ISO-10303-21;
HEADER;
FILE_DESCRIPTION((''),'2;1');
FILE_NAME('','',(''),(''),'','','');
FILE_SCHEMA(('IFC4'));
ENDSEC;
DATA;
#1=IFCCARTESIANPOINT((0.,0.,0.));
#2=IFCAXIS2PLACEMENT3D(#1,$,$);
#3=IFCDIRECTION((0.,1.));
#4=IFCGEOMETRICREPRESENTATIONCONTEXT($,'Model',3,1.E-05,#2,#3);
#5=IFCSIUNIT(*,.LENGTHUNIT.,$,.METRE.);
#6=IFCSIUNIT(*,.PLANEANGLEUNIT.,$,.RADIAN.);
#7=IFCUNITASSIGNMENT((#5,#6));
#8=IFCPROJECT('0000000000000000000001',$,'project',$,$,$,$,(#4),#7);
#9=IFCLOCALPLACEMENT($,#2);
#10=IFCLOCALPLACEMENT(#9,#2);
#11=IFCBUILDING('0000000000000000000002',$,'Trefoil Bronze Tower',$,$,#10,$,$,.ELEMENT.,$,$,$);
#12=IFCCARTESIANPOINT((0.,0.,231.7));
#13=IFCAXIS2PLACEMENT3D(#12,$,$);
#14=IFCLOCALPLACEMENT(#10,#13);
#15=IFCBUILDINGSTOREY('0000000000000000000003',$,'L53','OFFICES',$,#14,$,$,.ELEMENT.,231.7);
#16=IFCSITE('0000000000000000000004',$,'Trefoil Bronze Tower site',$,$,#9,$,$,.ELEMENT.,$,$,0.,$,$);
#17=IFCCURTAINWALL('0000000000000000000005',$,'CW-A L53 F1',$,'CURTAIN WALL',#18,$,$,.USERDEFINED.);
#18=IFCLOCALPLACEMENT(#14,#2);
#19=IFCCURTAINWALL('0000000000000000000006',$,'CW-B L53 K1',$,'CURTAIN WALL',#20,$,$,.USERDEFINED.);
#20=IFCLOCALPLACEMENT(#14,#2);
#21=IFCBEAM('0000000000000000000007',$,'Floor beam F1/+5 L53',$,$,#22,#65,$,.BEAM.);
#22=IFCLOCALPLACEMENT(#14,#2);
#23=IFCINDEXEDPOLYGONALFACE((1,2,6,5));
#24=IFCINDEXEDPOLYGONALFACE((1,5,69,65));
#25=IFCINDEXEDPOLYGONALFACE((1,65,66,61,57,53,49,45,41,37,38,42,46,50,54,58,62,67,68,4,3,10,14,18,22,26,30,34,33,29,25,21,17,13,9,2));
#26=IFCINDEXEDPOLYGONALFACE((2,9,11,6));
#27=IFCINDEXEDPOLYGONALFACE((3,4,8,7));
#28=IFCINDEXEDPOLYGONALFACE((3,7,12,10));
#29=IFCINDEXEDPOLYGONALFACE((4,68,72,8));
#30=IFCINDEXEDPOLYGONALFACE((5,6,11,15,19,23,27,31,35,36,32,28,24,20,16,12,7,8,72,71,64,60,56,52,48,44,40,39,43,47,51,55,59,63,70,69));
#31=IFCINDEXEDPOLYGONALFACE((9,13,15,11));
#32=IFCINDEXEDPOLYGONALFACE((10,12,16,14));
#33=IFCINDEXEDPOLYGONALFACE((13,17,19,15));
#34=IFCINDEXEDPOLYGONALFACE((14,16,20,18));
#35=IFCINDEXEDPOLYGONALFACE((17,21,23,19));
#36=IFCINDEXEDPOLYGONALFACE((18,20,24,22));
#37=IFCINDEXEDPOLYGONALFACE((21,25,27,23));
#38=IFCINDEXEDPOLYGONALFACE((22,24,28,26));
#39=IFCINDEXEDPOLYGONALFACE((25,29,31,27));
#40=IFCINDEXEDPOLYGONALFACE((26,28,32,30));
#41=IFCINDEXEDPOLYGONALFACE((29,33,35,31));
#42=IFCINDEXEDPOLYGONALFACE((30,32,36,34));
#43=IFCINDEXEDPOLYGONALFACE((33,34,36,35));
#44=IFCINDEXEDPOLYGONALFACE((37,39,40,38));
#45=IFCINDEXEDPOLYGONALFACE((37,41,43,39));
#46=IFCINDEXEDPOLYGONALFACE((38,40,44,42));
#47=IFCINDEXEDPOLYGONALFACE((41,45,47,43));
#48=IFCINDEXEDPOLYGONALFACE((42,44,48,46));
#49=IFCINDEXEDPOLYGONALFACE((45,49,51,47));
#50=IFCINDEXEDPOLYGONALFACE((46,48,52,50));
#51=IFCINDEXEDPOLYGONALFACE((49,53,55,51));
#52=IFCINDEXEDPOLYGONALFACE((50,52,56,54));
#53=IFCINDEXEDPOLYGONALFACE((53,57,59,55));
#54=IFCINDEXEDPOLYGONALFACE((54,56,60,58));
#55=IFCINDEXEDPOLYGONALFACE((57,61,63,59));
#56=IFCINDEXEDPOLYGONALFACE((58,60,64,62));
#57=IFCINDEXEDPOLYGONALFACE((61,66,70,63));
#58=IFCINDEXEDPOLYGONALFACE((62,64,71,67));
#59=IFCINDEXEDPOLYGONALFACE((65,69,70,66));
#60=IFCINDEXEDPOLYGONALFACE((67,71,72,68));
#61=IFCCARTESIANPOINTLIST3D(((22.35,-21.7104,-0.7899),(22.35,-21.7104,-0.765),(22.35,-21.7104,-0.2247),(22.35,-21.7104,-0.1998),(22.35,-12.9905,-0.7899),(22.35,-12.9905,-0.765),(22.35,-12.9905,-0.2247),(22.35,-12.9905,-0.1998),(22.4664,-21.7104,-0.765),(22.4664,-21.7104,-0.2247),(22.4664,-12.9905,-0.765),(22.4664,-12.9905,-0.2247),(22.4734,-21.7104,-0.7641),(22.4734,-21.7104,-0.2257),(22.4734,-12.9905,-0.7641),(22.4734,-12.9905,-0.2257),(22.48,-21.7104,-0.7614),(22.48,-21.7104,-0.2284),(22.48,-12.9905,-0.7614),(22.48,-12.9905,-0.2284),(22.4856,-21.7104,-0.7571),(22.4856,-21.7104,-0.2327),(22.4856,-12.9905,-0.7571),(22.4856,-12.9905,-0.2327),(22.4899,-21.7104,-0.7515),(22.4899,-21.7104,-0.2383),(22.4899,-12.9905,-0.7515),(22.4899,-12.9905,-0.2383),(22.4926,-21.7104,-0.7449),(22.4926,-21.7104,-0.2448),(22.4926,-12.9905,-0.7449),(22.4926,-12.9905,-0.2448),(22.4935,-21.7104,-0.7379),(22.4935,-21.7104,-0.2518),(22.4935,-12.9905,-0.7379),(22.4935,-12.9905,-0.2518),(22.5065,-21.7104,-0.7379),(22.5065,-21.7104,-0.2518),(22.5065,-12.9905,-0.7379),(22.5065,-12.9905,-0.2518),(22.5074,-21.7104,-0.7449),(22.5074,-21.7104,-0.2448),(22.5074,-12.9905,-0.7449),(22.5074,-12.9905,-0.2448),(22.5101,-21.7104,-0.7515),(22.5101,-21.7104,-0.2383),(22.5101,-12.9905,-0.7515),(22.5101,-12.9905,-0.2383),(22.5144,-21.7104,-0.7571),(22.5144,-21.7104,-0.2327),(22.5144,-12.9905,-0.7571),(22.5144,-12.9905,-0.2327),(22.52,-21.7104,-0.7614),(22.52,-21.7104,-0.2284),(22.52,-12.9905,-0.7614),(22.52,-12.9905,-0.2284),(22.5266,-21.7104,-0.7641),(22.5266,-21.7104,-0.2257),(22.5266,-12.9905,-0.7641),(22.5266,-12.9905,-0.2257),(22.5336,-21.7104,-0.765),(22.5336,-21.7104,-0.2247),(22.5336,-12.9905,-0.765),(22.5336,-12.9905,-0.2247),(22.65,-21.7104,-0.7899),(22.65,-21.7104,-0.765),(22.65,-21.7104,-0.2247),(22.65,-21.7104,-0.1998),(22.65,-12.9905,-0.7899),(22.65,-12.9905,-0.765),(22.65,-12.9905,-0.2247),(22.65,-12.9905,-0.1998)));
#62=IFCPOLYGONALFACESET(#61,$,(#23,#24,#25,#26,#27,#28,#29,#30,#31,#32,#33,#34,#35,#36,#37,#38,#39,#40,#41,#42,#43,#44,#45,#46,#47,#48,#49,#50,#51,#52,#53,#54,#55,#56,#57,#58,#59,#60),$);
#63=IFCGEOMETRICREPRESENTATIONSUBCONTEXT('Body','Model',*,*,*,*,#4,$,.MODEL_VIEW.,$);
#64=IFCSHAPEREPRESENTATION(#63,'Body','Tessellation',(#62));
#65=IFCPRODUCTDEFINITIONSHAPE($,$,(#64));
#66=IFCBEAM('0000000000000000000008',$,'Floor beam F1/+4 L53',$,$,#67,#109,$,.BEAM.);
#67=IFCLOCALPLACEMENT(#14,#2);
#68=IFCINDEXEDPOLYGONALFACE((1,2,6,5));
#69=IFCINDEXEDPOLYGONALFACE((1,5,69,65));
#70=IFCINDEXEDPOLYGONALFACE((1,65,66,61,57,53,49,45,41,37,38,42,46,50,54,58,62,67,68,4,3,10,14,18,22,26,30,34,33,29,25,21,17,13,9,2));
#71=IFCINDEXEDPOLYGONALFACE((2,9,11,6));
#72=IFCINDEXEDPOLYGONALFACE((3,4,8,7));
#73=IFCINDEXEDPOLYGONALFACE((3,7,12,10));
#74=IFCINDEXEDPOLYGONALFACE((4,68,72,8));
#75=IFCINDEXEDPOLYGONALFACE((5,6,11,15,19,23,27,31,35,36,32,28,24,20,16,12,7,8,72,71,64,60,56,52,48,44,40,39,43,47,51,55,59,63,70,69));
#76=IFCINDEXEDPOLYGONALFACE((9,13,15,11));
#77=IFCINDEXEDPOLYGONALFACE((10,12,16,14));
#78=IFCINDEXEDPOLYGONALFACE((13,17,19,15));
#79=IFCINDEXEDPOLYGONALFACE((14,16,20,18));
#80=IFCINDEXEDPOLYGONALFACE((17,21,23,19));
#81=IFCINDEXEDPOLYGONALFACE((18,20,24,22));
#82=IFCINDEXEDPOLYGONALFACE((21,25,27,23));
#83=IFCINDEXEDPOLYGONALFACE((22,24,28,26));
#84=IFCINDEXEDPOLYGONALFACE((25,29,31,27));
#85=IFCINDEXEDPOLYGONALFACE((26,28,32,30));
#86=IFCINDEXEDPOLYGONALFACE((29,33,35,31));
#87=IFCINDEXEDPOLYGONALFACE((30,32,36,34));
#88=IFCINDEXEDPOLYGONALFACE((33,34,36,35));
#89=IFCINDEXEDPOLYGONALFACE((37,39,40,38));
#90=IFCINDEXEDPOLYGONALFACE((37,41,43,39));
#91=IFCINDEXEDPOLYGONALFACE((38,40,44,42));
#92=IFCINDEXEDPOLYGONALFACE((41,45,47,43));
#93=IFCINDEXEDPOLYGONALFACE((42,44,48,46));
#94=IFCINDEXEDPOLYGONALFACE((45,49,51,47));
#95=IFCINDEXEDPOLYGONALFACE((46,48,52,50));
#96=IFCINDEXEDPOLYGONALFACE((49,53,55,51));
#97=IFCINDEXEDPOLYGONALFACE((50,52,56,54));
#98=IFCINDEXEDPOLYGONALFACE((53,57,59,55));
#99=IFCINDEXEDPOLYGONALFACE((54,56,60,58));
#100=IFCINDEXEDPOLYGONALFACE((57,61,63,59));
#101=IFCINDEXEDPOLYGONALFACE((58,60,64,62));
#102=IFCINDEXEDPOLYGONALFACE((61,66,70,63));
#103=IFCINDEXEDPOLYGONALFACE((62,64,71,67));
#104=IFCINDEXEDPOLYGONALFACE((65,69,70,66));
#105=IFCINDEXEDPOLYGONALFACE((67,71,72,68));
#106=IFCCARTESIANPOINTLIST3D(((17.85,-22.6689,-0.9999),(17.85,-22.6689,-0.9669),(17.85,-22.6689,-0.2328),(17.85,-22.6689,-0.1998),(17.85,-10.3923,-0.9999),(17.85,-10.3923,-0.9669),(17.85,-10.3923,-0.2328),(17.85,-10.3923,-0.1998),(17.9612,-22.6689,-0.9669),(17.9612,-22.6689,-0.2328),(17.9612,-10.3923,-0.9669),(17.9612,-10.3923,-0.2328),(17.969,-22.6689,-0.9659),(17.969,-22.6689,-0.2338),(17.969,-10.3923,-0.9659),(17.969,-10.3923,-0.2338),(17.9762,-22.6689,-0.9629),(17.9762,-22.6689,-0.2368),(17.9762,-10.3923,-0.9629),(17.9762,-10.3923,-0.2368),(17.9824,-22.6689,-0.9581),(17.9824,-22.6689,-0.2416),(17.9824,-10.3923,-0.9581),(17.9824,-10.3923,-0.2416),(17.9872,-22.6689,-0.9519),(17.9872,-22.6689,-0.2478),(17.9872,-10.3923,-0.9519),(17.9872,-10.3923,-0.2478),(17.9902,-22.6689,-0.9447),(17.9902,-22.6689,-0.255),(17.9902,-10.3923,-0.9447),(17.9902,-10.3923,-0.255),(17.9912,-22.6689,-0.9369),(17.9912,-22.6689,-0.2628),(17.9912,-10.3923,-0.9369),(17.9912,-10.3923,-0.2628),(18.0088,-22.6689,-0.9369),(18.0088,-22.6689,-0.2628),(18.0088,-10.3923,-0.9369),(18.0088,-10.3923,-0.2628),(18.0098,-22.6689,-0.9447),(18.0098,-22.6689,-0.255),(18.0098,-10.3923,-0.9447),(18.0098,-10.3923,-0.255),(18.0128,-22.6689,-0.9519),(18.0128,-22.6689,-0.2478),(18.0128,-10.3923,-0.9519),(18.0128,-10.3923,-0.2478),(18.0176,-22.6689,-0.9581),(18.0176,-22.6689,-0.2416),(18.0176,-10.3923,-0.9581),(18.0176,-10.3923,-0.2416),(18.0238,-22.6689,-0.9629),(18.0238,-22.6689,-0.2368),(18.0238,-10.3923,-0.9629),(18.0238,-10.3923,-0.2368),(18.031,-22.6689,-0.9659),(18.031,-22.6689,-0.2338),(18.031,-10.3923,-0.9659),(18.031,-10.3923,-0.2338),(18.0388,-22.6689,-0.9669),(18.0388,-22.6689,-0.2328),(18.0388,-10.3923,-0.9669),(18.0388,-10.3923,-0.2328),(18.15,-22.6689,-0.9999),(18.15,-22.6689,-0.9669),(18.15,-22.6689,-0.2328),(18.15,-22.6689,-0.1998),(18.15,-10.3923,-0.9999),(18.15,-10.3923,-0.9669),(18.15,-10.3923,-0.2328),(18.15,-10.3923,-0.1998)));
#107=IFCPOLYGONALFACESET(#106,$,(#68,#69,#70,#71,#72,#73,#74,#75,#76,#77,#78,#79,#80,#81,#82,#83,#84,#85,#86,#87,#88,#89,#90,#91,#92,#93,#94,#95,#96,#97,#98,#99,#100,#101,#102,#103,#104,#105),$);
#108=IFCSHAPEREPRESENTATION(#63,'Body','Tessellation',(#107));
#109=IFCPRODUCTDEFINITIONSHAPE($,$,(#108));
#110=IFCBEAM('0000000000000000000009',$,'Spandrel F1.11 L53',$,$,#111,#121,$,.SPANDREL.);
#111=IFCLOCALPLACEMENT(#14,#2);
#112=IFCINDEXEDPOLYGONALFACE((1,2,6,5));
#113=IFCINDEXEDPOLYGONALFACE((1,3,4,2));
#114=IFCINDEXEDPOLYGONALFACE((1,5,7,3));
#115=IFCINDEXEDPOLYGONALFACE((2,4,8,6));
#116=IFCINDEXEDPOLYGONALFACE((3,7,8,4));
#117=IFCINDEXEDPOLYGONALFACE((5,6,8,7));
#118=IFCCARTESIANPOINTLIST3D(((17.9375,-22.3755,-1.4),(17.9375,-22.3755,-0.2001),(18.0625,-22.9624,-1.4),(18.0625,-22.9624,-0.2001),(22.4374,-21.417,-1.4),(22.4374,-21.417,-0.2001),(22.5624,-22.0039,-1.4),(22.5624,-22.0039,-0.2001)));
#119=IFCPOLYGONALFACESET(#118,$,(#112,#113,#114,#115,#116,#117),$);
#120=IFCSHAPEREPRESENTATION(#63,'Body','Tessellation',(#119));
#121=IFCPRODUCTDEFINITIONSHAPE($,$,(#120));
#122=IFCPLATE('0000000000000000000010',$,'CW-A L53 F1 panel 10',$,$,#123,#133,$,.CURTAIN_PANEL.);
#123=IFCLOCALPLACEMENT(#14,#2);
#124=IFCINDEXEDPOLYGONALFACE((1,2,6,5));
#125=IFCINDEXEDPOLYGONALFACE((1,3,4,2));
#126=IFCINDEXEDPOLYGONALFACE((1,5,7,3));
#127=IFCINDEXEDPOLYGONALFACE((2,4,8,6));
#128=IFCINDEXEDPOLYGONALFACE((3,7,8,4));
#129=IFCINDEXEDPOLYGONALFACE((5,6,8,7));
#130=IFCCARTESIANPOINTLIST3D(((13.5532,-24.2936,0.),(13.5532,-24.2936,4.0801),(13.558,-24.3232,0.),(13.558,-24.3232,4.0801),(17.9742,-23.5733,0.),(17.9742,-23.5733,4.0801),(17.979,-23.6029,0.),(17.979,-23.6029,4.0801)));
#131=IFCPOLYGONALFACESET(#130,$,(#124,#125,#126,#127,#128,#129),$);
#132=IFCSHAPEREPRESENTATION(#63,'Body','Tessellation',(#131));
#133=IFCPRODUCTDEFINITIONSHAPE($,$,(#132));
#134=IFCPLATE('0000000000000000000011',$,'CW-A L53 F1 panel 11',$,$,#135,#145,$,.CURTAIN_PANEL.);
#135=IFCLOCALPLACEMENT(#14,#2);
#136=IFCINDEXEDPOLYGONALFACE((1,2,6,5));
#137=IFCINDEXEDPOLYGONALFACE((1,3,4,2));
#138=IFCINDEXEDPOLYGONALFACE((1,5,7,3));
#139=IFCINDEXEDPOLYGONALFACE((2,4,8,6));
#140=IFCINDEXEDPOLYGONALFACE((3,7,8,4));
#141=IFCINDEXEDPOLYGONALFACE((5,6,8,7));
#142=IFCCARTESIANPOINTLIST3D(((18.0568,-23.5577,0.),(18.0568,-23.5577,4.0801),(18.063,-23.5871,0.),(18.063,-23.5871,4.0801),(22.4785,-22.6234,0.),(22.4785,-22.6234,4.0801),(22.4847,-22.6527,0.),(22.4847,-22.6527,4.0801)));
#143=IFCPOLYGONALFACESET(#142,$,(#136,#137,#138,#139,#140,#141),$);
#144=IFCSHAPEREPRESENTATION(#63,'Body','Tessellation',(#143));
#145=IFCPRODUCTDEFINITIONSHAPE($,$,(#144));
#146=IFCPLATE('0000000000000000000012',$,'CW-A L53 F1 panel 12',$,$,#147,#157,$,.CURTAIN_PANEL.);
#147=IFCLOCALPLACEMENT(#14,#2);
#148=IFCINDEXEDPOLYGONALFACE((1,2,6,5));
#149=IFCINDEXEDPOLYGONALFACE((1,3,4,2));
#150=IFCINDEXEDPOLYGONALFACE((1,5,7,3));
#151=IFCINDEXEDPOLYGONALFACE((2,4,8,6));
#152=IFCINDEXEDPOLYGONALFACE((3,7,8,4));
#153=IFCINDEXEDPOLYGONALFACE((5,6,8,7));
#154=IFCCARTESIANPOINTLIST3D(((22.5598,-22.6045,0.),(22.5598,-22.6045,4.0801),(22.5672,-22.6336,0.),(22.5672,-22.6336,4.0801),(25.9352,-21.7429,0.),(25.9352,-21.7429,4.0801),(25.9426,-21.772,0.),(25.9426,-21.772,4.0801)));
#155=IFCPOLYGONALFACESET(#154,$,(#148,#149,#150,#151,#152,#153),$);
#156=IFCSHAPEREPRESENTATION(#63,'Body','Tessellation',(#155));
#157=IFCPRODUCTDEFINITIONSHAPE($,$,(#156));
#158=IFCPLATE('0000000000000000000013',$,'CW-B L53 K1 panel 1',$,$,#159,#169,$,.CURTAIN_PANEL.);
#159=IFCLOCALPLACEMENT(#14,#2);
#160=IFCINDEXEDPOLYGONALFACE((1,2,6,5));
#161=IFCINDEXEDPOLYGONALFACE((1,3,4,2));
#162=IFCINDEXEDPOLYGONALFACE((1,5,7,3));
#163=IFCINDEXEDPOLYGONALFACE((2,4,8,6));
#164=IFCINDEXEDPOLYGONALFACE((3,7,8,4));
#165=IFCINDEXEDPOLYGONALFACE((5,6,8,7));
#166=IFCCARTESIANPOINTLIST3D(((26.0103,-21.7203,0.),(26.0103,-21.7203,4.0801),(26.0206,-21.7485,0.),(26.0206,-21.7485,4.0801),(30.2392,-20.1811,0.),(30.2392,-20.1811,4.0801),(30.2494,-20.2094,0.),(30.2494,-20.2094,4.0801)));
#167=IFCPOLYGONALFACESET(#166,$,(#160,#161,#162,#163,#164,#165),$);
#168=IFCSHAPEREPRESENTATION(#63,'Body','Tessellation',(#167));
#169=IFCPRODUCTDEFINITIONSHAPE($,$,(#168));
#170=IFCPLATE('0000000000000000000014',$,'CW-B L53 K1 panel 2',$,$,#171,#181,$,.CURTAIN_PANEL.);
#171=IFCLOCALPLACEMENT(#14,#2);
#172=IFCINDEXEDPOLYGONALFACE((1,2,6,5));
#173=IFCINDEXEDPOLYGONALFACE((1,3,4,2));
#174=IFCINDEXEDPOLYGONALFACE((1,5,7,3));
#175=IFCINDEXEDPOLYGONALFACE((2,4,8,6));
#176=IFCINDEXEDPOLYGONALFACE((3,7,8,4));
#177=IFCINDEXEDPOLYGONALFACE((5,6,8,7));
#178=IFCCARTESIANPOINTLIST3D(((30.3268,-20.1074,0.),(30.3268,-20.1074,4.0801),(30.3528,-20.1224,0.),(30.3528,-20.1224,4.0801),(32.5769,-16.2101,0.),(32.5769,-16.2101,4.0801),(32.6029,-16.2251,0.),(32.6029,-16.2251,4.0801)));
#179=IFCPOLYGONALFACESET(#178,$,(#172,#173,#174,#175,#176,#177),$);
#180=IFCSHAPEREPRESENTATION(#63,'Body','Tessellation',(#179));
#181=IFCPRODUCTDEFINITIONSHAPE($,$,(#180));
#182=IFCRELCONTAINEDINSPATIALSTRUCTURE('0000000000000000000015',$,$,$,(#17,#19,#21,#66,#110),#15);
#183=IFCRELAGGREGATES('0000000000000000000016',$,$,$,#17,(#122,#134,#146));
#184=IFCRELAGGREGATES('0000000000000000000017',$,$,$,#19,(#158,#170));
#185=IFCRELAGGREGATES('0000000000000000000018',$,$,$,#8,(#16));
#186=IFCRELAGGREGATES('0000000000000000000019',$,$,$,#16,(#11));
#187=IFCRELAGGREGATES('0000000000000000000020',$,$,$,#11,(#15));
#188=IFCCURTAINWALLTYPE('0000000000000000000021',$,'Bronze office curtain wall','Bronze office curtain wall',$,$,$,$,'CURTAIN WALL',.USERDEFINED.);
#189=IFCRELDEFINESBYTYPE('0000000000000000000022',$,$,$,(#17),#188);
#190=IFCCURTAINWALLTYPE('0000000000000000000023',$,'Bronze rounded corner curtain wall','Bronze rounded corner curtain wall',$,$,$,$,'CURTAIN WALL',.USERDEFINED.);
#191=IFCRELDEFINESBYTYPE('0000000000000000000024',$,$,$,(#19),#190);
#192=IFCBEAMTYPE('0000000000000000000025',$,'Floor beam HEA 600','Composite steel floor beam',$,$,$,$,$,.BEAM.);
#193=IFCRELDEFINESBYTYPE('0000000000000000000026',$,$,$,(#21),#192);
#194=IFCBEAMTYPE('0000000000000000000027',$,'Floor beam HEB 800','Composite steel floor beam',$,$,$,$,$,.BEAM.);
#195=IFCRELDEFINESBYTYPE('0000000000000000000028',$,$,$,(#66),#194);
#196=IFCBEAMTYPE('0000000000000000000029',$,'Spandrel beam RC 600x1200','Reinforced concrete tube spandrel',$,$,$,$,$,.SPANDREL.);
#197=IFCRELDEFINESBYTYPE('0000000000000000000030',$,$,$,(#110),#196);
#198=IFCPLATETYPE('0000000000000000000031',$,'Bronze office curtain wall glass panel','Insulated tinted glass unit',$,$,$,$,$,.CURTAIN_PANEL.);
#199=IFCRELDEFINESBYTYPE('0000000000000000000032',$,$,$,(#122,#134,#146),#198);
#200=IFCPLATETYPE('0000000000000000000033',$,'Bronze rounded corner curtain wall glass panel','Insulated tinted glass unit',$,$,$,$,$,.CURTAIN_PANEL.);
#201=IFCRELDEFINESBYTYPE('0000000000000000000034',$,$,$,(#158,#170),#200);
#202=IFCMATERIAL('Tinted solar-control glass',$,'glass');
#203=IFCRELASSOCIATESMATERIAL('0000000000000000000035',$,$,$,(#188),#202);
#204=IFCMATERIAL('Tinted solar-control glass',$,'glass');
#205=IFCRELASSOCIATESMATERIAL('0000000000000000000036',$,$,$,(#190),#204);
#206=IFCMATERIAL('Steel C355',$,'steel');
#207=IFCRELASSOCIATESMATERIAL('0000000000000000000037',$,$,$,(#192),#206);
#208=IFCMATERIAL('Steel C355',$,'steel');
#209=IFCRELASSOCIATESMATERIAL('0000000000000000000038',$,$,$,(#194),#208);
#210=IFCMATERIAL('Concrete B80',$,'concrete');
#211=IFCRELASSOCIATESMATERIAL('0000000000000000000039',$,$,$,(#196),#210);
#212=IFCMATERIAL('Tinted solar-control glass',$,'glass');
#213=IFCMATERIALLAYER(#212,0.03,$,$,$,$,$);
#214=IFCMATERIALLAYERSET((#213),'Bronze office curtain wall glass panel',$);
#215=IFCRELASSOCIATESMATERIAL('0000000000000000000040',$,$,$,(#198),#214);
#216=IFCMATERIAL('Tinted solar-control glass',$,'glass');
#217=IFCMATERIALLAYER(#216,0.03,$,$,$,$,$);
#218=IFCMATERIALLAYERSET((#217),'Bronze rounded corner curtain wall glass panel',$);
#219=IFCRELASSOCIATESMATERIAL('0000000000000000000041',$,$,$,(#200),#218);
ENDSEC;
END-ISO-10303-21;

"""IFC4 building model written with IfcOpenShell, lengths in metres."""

from ifc_helpers import new_model, si_unit, direction, frame, origin, origin_2d, place, context, subcontext, project, spatial, rectangle, i_section, extrude, material, layer, layer_set, material_profile, profile_set, type_object, element, aggregate, save


model = new_model("IFC4")

# Units and contexts
model_context = context("Model", 3, precision=1e-05, world=origin(), true_north=direction((0.0, 1.0)))
body_context = subcontext(model_context, "Body", "Model", "MODEL_VIEW")
ifc_project = project(units=[si_unit("LENGTHUNIT", "METRE"), si_unit("PLANEANGLEUNIT", "RADIAN")], contexts=[model_context])

# Site, building, storey
site_placement = place(None, origin())
site = spatial("IfcSite", under=ifc_project, at=site_placement, Name="Trefoil Bronze Tower site", CompositionType="ELEMENT", RefElevation=0.0)
building_placement = place(site_placement, origin())
building = spatial("IfcBuilding", under=site, at=building_placement, Name="Trefoil Bronze Tower", CompositionType="ELEMENT")
storey_placement = place(building_placement, frame((0.0, 0.0, 231.7)))
storey = spatial("IfcBuildingStorey", under=building, at=storey_placement, Name="L53", Description="OFFICES", CompositionType="ELEMENT", Elevation=231.7)

# Curtain walls
ifc_material_1 = material(Name="Tinted solar-control glass", Category="glass")
curtain_wall_type_1 = type_object("IfcCurtainWallType", Name="Bronze office curtain wall", Description="Bronze office curtain wall", ElementType="CURTAIN WALL", PredefinedType="USERDEFINED", material=ifc_material_1)
curtain_wall_1_placement = place(storey_placement, origin())
curtain_wall_1 = element("IfcCurtainWall", 1, at=curtain_wall_1_placement, inside=storey, type_object=curtain_wall_type_1, Name="CW-A L53 F1", ObjectType="CURTAIN WALL", PredefinedType="USERDEFINED")
ifc_material_2 = material(Name="Tinted solar-control glass", Category="glass")
curtain_wall_type_2 = type_object("IfcCurtainWallType", Name="Bronze rounded corner curtain wall", Description="Bronze rounded corner curtain wall", ElementType="CURTAIN WALL", PredefinedType="USERDEFINED", material=ifc_material_2)
curtain_wall_2_placement = place(storey_placement, origin())
curtain_wall_2 = element("IfcCurtainWall", 2, at=curtain_wall_2_placement, inside=storey, type_object=curtain_wall_type_2, Name="CW-B L53 K1", ObjectType="CURTAIN WALL", PredefinedType="USERDEFINED")

# Beams
ifc_material_3 = material(Name="Steel C355", Category="steel")
ifc_material_profile_1 = material_profile(ifc_material_3, i_section(OverallWidth=0.3, OverallDepth=0.5901, WebThickness=0.0129, FlangeThickness=0.0249, FilletRadius=0.0271, at=origin_2d()), Name="HEA 600")
ifc_profile_set_1 = profile_set([ifc_material_profile_1], Name="Steel C355")
beam_type_1 = type_object("IfcBeamType", Name="Floor beam HEA 600", Description="Composite steel floor beam", PredefinedType="BEAM", material=ifc_profile_set_1)
beam_1_placement = place(storey_placement, frame((22.5, -21.7104, -0.4949), z_axis=(0.0, 1.0, 0.0), x_axis=(-1.0, 0.0, 0.0)))
element("IfcBeam", 3, at=beam_1_placement, inside=storey, type_object=beam_type_1, Name="Floor beam F1/+5 L53", PredefinedType="BEAM", context=body_context, shape_type="SweptSolid", body=[
    extrude(i_section(OverallWidth=0.3, OverallDepth=0.5901, WebThickness=0.0129, FlangeThickness=0.0249, FilletRadius=0.0271, at=origin_2d()), origin(), (0.0, 0.0, 1.0), 8.72),
])
ifc_material_4 = material(Name="Steel C355", Category="steel")
ifc_material_profile_2 = material_profile(ifc_material_4, i_section(OverallWidth=0.3, OverallDepth=0.8, WebThickness=0.0176, FlangeThickness=0.033, FilletRadius=0.03, at=origin_2d()), Name="HEB 800")
ifc_profile_set_2 = profile_set([ifc_material_profile_2], Name="Steel C355")
beam_type_2 = type_object("IfcBeamType", Name="Floor beam HEB 800", Description="Composite steel floor beam", PredefinedType="BEAM", material=ifc_profile_set_2)
beam_2_placement = place(storey_placement, frame((18.0, -22.6689, -0.5999), z_axis=(0.0, 1.0, 0.0), x_axis=(-1.0, 0.0, 0.0)))
element("IfcBeam", 4, at=beam_2_placement, inside=storey, type_object=beam_type_2, Name="Floor beam F1/+4 L53", PredefinedType="BEAM", context=body_context, shape_type="SweptSolid", body=[
    extrude(i_section(OverallWidth=0.3, OverallDepth=0.8, WebThickness=0.0176, FlangeThickness=0.033, FilletRadius=0.03, at=origin_2d()), origin(), (0.0, 0.0, 1.0), 12.2766),
])
ifc_material_5 = material(Name="Concrete B80", Category="concrete")
ifc_material_profile_3 = material_profile(ifc_material_5, rectangle(XDim=0.6001, YDim=1.2, at=origin_2d()), Name="RC 600x1200")
ifc_profile_set_3 = profile_set([ifc_material_profile_3], Name="Concrete B80")
beam_type_3 = type_object("IfcBeamType", Name="Spandrel beam RC 600x1200", Description="Reinforced concrete tube spandrel", PredefinedType="SPANDREL", material=ifc_profile_set_3)
beam_3_placement = place(storey_placement, frame((18.0, -22.6689, -0.8), z_axis=(0.978059, 0.208326, 0.0), x_axis=(-0.208326, 0.978059, 0.0)))
element("IfcBeam", 5, at=beam_3_placement, inside=storey, type_object=beam_type_3, Name="Spandrel F1.11 L53", PredefinedType="SPANDREL", context=body_context, shape_type="SweptSolid", body=[
    extrude(rectangle(XDim=0.6001, YDim=1.2, at=origin_2d()), origin(), (0.0, 0.0, 1.0), 4.6008),
])

# Plates
ifc_material_6 = material(Name="Tinted solar-control glass", Category="glass")
ifc_layer_1 = layer(ifc_material_6, 0.03)
ifc_layer_set_1 = layer_set([ifc_layer_1], Name="Bronze office curtain wall glass panel")
plate_type_1 = type_object("IfcPlateType", Name="Bronze office curtain wall glass panel", Description="Insulated tinted glass unit", PredefinedType="CURTAIN_PANEL", material=ifc_layer_set_1)
plate_1_placement = place(storey_placement, frame((15.7661, -23.9482, 0.0), z_axis=(0.0, 0.0, 1.0), x_axis=(0.986987, 0.160803, 0.0)))
plate_1 = element("IfcPlate", 6, at=plate_1_placement, type_object=plate_type_1, Name="CW-A L53 F1 panel 10", PredefinedType="CURTAIN_PANEL", context=body_context, shape_type="SweptSolid", body=[
    extrude(rectangle(XDim=4.4792, YDim=0.03, at=origin_2d()), origin(), (0.0, 0.0, 1.0), 4.0801),
])
plate_2_placement = place(storey_placement, frame((20.2708, -23.1052, 0.0), z_axis=(0.0, 0.0, 1.0), x_axis=(0.978394, 0.206747, 0.0)))
plate_2 = element("IfcPlate", 7, at=plate_2_placement, type_object=plate_type_1, Name="CW-A L53 F1 panel 11", PredefinedType="CURTAIN_PANEL", context=body_context, shape_type="SweptSolid", body=[
    extrude(rectangle(XDim=4.5193, YDim=0.03, at=origin_2d()), origin(), (0.0, 0.0, 1.0), 4.0801),
])
plate_3_placement = place(storey_placement, frame((24.2512, -22.1882, 0.0), z_axis=(0.0, 0.0, 1.0), x_axis=(0.968934, 0.247319, 0.0)))
plate_3 = element("IfcPlate", 8, at=plate_3_placement, type_object=plate_type_1, Name="CW-A L53 F1 panel 12", PredefinedType="CURTAIN_PANEL", context=body_context, shape_type="SweptSolid", body=[
    extrude(rectangle(XDim=3.4836, YDim=0.03, at=origin_2d()), origin(), (0.0, 0.0, 1.0), 4.0801),
])
aggregate(curtain_wall_1, [plate_1, plate_2, plate_3])
ifc_material_7 = material(Name="Tinted solar-control glass", Category="glass")
ifc_layer_2 = layer(ifc_material_7, 0.03)
ifc_layer_set_2 = layer_set([ifc_layer_2], Name="Bronze rounded corner curtain wall glass panel")
plate_type_2 = type_object("IfcPlateType", Name="Bronze rounded corner curtain wall glass panel", Description="Insulated tinted glass unit", PredefinedType="CURTAIN_PANEL", material=ifc_layer_set_2)
plate_4_placement = place(storey_placement, frame((28.1299, -20.9648, 0.0), z_axis=(0.0, 0.0, 1.0), x_axis=(0.939693, 0.34202, 0.0)))
plate_4 = element("IfcPlate", 9, at=plate_4_placement, type_object=plate_type_2, Name="CW-B L53 K1 panel 1", PredefinedType="CURTAIN_PANEL", context=body_context, shape_type="SweptSolid", body=[
    extrude(rectangle(XDim=4.5002, YDim=0.03, at=origin_2d()), origin(), (0.0, 0.0, 1.0), 4.0801),
])
plate_5_placement = place(storey_placement, frame((31.4648, -18.1663, 0.0), z_axis=(0.0, 0.0, 1.0), x_axis=(0.5, 0.866025, 0.0)))
plate_5 = element("IfcPlate", 10, at=plate_5_placement, type_object=plate_type_2, Name="CW-B L53 K1 panel 2", PredefinedType="CURTAIN_PANEL", context=body_context, shape_type="SweptSolid", body=[
    extrude(rectangle(XDim=4.5002, YDim=0.03, at=origin_2d()), origin(), (0.0, 0.0, 1.0), 4.0801),
])
aggregate(curtain_wall_2, [plate_4, plate_5])

save(model, "model.ifc")
